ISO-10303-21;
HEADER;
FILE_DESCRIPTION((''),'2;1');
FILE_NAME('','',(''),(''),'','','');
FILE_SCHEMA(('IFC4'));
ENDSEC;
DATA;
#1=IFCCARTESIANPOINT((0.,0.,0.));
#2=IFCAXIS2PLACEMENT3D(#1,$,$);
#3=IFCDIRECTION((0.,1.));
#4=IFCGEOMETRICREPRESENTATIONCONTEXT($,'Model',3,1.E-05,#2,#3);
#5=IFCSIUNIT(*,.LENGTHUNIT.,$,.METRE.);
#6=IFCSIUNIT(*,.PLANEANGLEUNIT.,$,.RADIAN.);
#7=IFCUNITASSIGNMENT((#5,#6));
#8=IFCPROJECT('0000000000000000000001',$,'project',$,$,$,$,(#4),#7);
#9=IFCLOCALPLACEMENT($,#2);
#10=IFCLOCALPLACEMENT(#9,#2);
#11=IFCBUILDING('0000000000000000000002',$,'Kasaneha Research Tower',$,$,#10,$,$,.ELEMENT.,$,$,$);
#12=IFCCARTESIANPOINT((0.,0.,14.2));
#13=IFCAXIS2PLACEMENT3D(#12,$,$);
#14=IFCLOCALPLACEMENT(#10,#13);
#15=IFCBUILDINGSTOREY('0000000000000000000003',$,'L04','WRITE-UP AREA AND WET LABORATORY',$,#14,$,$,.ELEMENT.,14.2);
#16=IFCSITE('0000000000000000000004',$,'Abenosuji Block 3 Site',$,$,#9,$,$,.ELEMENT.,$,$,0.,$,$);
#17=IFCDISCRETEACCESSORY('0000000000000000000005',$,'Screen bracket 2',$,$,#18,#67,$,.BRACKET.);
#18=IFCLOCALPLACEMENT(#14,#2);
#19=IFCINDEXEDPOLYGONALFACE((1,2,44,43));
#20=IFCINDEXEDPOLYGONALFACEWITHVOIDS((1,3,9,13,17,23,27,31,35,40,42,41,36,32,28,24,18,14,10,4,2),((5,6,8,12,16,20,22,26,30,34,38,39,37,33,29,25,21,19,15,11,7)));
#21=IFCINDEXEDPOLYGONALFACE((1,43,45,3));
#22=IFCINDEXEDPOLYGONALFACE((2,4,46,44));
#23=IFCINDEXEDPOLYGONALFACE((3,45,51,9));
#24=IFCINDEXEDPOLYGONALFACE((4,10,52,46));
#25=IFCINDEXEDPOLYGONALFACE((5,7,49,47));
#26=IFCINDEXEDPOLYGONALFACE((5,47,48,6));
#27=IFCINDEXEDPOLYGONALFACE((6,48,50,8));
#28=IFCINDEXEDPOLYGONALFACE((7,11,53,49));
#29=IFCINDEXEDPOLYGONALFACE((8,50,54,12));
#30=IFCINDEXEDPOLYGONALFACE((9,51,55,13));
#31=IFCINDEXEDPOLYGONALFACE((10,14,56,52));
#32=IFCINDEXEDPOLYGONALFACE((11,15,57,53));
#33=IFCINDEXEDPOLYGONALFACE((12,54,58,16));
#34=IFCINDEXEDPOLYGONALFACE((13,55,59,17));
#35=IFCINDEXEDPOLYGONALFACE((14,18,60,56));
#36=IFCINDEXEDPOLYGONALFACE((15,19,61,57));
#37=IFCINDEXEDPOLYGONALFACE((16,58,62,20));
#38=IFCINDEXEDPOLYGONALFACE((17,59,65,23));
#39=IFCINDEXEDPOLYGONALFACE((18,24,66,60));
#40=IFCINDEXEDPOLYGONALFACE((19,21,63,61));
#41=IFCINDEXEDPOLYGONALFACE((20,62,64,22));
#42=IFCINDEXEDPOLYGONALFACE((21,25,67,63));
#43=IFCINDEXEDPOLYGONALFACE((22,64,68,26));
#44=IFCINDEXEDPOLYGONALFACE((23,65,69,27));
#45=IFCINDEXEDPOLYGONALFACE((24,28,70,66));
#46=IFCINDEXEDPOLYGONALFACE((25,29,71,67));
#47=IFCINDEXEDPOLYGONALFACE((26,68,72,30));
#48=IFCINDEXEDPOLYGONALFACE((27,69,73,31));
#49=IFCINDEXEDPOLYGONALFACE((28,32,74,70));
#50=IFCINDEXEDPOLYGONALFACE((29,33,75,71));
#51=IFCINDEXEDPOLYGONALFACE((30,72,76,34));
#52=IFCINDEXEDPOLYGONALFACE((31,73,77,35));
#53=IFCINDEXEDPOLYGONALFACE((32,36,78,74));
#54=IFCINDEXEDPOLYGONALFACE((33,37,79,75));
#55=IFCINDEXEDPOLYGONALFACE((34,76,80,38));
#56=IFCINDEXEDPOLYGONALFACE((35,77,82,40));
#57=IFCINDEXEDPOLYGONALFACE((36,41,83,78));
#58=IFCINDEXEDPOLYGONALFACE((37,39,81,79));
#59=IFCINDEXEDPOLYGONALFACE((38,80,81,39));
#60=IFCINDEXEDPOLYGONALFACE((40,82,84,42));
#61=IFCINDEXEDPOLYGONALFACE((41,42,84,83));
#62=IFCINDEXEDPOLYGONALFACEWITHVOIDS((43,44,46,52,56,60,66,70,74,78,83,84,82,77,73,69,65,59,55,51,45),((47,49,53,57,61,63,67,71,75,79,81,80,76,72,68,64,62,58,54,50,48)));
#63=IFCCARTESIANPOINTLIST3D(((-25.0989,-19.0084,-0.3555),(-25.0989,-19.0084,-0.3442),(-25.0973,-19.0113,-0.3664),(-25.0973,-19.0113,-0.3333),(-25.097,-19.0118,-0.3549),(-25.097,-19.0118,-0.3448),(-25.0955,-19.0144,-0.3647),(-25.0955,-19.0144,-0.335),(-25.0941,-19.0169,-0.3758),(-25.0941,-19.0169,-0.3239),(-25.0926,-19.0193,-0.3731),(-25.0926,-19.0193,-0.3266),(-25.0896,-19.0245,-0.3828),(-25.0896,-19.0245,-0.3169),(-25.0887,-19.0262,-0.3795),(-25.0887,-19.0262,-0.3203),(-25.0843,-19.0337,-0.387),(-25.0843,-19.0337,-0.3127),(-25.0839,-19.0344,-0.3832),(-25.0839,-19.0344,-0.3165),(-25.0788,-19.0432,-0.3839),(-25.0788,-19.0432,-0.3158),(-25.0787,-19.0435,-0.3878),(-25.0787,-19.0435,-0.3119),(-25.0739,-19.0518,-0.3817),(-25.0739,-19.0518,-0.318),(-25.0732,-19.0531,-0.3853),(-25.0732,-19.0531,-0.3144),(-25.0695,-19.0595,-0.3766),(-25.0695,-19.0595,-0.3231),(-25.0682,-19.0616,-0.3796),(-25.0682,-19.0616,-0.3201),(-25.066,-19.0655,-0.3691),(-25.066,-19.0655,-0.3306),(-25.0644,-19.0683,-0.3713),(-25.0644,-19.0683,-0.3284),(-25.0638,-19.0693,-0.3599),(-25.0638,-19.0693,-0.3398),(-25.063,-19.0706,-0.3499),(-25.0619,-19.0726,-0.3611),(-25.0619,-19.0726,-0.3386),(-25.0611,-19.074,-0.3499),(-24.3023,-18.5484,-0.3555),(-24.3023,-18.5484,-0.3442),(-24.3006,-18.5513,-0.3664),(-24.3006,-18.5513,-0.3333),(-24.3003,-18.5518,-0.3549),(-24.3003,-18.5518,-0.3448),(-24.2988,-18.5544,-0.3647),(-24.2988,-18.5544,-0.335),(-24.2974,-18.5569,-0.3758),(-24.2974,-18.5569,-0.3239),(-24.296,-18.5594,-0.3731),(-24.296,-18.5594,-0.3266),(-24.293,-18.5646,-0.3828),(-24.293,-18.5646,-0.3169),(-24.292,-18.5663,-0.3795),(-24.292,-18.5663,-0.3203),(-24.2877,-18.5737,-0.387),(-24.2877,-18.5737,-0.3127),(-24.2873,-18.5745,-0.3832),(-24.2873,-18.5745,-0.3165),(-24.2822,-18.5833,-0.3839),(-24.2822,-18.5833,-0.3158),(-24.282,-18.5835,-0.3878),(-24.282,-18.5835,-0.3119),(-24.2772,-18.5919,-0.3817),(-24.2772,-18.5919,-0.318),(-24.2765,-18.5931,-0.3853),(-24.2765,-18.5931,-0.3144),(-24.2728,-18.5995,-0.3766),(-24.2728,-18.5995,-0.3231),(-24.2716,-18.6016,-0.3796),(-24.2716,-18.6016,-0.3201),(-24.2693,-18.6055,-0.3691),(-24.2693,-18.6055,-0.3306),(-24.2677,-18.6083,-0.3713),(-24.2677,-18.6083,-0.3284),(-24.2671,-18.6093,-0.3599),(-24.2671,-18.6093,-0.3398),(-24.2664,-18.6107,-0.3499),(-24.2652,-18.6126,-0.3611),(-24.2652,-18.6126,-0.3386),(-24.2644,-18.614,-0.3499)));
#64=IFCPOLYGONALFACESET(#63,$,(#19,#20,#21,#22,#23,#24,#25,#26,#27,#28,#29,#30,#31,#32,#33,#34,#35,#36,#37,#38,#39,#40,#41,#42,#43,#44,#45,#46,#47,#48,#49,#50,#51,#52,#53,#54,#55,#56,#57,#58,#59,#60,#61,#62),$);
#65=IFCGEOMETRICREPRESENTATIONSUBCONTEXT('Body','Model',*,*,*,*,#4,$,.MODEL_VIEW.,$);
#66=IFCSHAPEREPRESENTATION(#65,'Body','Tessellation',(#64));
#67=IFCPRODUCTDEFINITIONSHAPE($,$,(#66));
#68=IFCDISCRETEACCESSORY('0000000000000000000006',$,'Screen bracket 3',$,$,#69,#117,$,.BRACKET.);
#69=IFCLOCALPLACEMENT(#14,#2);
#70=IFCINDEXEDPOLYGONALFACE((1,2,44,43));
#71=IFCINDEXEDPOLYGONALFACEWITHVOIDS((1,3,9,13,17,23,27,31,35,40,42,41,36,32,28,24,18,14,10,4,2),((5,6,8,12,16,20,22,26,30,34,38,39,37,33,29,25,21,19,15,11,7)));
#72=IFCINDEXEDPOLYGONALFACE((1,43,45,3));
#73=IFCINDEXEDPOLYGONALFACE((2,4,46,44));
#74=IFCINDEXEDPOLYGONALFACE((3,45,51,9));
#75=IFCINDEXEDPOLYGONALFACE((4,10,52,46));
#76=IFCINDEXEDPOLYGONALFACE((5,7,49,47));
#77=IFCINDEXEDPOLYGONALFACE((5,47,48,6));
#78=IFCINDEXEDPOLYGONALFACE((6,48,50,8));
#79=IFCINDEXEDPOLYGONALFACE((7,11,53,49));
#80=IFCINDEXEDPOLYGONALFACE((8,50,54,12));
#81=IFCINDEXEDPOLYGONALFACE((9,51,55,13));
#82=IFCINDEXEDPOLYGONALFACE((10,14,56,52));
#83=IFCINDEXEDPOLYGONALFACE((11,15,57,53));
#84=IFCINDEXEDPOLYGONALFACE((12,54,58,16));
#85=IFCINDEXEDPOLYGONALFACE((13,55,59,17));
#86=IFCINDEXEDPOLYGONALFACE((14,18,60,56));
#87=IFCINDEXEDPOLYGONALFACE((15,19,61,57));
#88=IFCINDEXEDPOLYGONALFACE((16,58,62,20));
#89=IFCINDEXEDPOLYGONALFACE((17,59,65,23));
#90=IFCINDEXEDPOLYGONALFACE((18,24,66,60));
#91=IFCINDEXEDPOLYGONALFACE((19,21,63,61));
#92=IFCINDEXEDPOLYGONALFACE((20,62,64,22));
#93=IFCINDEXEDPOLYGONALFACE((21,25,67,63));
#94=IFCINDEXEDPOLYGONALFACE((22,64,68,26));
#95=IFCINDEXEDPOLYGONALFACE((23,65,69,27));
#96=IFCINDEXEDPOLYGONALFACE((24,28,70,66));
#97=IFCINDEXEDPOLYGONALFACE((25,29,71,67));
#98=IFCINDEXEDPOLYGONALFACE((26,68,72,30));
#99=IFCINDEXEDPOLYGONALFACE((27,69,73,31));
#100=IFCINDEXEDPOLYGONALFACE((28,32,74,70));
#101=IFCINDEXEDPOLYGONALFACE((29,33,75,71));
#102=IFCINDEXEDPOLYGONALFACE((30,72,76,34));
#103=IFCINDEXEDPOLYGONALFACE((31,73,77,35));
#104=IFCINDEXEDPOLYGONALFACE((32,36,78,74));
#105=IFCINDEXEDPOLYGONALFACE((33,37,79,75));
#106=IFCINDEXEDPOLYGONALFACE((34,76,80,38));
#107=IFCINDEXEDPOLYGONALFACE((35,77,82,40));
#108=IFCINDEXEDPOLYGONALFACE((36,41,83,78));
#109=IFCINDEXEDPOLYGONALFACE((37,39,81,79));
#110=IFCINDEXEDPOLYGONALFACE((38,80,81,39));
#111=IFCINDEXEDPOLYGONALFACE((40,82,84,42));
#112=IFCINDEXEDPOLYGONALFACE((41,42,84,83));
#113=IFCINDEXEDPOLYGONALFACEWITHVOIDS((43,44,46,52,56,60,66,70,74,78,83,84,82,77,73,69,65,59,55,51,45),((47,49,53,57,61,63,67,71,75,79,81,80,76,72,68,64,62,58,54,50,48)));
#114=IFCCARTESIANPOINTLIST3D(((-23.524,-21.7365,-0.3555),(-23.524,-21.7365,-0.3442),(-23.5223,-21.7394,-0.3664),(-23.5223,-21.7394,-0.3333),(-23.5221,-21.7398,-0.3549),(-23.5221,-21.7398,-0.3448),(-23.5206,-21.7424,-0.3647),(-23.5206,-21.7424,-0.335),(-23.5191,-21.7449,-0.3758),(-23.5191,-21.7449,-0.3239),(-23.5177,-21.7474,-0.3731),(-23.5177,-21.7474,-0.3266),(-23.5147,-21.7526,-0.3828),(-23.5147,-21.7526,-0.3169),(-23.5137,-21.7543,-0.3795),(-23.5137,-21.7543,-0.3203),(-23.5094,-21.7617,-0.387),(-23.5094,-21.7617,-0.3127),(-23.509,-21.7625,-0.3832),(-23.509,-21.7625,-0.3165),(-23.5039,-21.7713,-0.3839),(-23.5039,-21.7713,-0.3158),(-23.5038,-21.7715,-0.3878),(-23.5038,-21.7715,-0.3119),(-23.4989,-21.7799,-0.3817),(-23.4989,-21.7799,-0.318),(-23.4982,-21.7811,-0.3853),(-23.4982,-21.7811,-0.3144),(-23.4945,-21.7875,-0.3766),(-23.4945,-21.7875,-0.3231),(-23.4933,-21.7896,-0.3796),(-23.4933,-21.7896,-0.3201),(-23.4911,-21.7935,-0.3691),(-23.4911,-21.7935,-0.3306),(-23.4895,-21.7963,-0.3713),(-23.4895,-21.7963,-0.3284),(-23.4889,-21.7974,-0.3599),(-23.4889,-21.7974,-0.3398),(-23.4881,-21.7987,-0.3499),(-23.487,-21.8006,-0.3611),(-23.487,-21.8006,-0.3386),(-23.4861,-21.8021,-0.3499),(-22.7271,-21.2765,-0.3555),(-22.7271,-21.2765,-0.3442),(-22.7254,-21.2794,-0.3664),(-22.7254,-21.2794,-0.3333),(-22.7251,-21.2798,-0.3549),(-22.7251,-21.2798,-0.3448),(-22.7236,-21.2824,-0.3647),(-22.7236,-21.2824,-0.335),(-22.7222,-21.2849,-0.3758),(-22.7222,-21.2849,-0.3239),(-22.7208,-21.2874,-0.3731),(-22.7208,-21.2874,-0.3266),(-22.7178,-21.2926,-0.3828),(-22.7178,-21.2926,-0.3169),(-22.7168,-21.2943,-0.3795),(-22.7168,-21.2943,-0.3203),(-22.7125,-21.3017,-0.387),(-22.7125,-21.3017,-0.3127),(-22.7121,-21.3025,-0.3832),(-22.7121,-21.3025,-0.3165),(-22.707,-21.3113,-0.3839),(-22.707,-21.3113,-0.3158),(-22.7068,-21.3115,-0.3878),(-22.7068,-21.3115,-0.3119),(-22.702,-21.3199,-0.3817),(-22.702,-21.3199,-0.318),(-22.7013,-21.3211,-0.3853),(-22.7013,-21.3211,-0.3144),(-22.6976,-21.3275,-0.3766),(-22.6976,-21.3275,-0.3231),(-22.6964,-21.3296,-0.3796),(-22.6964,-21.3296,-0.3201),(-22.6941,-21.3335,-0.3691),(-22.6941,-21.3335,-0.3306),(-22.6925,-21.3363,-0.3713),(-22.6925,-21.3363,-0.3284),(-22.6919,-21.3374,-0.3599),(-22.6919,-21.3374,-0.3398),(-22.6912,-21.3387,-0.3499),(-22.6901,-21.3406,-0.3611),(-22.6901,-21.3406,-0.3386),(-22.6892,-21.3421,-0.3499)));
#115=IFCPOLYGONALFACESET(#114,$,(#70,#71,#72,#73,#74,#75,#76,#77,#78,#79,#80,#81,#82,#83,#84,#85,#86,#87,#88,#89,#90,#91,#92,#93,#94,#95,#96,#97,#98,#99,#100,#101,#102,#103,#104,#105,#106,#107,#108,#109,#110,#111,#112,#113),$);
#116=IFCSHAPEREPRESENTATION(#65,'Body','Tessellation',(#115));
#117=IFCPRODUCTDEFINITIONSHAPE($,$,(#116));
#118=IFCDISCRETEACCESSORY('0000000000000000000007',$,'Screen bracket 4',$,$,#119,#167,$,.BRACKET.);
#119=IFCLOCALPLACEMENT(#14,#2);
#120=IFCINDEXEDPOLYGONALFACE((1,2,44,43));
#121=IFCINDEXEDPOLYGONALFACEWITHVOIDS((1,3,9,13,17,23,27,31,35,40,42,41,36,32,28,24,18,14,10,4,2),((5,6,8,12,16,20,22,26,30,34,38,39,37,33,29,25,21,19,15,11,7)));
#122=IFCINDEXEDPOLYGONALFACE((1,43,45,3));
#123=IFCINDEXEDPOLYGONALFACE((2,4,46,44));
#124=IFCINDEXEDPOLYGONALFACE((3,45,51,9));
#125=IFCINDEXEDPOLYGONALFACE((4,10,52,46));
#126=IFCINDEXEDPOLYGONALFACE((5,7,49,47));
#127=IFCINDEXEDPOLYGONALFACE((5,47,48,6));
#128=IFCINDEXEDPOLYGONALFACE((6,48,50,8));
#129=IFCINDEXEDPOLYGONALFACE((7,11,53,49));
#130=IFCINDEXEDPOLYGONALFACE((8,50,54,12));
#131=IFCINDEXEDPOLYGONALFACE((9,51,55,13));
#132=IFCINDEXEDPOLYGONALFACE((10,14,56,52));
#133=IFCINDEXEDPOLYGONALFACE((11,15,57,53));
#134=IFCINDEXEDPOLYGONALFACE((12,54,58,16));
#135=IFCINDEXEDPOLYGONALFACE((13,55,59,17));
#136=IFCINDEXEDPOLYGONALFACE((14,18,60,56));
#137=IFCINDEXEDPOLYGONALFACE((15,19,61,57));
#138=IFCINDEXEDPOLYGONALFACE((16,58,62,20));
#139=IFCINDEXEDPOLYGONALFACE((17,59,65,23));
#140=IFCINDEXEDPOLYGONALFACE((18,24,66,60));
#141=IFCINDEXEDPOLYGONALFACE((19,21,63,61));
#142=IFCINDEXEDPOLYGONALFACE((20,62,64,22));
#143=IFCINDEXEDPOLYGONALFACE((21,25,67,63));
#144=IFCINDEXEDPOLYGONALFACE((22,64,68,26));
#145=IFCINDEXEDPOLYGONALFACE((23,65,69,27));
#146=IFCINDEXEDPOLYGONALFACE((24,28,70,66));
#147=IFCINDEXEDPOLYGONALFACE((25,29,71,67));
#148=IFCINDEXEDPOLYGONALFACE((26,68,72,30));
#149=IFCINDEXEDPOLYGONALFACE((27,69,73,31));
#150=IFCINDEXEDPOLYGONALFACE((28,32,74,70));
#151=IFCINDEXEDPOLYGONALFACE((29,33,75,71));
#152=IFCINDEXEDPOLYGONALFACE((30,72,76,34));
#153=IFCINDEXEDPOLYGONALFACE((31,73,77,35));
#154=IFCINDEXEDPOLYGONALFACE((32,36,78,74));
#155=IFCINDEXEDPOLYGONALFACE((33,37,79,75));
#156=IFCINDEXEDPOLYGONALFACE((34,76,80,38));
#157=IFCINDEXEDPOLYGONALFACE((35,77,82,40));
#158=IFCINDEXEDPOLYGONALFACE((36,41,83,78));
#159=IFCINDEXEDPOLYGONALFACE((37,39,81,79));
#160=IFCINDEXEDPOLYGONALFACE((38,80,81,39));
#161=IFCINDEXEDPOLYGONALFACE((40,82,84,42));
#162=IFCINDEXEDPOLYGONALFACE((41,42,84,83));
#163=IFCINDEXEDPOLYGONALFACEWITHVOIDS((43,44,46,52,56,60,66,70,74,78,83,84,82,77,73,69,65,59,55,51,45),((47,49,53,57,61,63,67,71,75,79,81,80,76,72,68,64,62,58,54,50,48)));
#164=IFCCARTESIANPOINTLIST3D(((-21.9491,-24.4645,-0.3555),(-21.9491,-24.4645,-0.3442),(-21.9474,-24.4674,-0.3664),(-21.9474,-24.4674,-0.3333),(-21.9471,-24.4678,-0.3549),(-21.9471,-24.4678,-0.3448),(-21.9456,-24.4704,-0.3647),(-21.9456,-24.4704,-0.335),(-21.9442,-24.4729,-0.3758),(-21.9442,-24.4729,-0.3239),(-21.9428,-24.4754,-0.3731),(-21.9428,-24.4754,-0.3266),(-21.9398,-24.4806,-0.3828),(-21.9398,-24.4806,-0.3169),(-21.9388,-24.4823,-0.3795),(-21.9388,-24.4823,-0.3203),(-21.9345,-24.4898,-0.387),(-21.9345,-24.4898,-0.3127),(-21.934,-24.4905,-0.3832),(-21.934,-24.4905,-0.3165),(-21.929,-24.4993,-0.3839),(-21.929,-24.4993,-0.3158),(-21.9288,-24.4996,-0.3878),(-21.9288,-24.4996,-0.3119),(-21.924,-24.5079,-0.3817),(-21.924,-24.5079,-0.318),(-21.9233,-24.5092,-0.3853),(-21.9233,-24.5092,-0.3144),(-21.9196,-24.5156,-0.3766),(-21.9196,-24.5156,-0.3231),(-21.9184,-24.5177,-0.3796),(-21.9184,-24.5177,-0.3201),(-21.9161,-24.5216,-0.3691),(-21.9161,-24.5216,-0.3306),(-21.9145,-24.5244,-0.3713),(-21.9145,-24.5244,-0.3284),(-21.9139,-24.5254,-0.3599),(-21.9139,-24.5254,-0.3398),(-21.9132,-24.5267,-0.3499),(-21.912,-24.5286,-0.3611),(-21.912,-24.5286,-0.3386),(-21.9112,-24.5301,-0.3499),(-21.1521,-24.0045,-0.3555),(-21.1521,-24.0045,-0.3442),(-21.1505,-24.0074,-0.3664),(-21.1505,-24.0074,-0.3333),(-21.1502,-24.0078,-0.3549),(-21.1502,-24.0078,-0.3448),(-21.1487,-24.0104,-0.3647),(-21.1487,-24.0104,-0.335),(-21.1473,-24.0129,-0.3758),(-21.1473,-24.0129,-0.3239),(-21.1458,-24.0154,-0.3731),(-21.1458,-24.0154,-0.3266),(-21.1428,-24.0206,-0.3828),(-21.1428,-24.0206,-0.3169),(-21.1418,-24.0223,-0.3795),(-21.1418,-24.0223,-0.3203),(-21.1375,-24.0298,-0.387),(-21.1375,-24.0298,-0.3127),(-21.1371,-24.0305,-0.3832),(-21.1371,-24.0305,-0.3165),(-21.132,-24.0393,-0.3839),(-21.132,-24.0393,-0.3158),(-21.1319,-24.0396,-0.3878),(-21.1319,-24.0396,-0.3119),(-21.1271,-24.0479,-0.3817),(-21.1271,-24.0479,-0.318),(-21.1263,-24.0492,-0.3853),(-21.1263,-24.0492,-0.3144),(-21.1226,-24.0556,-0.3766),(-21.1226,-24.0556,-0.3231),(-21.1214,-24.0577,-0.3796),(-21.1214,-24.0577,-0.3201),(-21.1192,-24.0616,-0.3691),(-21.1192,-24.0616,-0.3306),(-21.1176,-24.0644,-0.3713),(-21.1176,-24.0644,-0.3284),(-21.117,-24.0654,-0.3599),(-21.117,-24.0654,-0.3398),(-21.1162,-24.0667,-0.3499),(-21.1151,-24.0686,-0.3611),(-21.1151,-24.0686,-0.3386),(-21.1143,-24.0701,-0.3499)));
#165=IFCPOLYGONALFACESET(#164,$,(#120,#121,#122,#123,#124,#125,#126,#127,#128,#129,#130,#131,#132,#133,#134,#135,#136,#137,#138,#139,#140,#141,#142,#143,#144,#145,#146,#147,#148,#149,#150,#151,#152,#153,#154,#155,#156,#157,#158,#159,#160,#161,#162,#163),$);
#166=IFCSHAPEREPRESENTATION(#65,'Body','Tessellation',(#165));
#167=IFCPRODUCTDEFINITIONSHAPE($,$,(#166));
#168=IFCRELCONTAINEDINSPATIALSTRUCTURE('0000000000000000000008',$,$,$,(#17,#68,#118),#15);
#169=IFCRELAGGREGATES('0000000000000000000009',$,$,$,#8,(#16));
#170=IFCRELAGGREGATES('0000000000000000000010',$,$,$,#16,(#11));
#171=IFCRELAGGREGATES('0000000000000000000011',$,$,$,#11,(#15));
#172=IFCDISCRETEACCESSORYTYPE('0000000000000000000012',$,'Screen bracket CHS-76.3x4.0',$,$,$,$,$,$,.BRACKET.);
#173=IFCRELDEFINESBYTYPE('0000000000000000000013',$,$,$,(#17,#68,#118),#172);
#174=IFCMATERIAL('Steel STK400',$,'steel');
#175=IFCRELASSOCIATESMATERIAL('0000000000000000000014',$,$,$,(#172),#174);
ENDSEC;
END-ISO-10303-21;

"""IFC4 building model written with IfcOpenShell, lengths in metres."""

from ifc_helpers import new_model, si_unit, direction, frame, origin, origin_2d, place, context, subcontext, project, spatial, hollow_circle, extrude, material, material_profile, profile_set, type_object, element, save


model = new_model("IFC4")

# Units and contexts
model_context = context("Model", 3, precision=1e-05, world=origin(), true_north=direction((0.0, 1.0)))
body_context = subcontext(model_context, "Body", "Model", "MODEL_VIEW")
ifc_project = project(units=[si_unit("LENGTHUNIT", "METRE"), si_unit("PLANEANGLEUNIT", "RADIAN")], contexts=[model_context])

# Site, building, storey
site_placement = place(None, origin())
site = spatial("IfcSite", under=ifc_project, at=site_placement, Name="Abenosuji Block 3 Site", CompositionType="ELEMENT", RefElevation=0.0)
building_placement = place(site_placement, origin())
building = spatial("IfcBuilding", under=site, at=building_placement, Name="Kasaneha Research Tower", CompositionType="ELEMENT")
storey_placement = place(building_placement, frame((0.0, 0.0, 14.2)))
storey = spatial("IfcBuildingStorey", under=building, at=storey_placement, Name="L04", Description="WRITE-UP AREA AND WET LABORATORY", CompositionType="ELEMENT", Elevation=14.2)

# Discrete accessories
ifc_material_1 = material(Name="Steel STK400", Category="steel")
ifc_material_profile_1 = material_profile(ifc_material_1, hollow_circle(Radius=0.0381, WallThickness=0.0039, at=origin_2d()), Name="CHS-76.3x4.0")
ifc_profile_set_1 = profile_set([ifc_material_profile_1], Name="Steel STK400")
discrete_accessory_type = type_object("IfcDiscreteAccessoryType", Name="Screen bracket CHS-76.3x4.0", PredefinedType="BRACKET", material=ifc_profile_set_1)
for number, where, z_axis, x_axis, name in (
    (1, (-24.2834, -18.5811, -0.3499), (-0.866013, -0.500021, 0.0), (0.500021, -0.866013, 0.0), "Screen bracket 2"),
):
    element("IfcDiscreteAccessory", number, at=place(storey_placement, frame(where, z_axis=z_axis, x_axis=x_axis)), inside=storey, type_object=discrete_accessory_type, Name=name, PredefinedType="BRACKET", context=body_context, shape_type="SweptSolid", body=[
        extrude(hollow_circle(Radius=0.0381, WallThickness=0.0039, at=origin_2d()), origin(), (0.0, 0.0, 1.0), 0.9199),
    ])
for number, where, z_axis, x_axis, name in (
    (2, (-22.7083, -21.3091, -0.3499), (-0.86608, -0.499906, 0.0), (0.499906, -0.86608, 0.0), "Screen bracket 3"),
    (3, (-21.1333, -24.0371, -0.3499), (-0.86608, -0.499906, 0.0), (0.499906, -0.86608, 0.0), "Screen bracket 4"),
):
    element("IfcDiscreteAccessory", number, at=place(storey_placement, frame(where, z_axis=z_axis, x_axis=x_axis)), inside=storey, type_object=discrete_accessory_type, Name=name, PredefinedType="BRACKET", context=body_context, shape_type="SweptSolid", body=[
        extrude(hollow_circle(Radius=0.0381, WallThickness=0.0039, at=origin_2d()), origin(), (0.0, 0.0, 1.0), 0.9202),
    ])

save(model, "model.ifc")
